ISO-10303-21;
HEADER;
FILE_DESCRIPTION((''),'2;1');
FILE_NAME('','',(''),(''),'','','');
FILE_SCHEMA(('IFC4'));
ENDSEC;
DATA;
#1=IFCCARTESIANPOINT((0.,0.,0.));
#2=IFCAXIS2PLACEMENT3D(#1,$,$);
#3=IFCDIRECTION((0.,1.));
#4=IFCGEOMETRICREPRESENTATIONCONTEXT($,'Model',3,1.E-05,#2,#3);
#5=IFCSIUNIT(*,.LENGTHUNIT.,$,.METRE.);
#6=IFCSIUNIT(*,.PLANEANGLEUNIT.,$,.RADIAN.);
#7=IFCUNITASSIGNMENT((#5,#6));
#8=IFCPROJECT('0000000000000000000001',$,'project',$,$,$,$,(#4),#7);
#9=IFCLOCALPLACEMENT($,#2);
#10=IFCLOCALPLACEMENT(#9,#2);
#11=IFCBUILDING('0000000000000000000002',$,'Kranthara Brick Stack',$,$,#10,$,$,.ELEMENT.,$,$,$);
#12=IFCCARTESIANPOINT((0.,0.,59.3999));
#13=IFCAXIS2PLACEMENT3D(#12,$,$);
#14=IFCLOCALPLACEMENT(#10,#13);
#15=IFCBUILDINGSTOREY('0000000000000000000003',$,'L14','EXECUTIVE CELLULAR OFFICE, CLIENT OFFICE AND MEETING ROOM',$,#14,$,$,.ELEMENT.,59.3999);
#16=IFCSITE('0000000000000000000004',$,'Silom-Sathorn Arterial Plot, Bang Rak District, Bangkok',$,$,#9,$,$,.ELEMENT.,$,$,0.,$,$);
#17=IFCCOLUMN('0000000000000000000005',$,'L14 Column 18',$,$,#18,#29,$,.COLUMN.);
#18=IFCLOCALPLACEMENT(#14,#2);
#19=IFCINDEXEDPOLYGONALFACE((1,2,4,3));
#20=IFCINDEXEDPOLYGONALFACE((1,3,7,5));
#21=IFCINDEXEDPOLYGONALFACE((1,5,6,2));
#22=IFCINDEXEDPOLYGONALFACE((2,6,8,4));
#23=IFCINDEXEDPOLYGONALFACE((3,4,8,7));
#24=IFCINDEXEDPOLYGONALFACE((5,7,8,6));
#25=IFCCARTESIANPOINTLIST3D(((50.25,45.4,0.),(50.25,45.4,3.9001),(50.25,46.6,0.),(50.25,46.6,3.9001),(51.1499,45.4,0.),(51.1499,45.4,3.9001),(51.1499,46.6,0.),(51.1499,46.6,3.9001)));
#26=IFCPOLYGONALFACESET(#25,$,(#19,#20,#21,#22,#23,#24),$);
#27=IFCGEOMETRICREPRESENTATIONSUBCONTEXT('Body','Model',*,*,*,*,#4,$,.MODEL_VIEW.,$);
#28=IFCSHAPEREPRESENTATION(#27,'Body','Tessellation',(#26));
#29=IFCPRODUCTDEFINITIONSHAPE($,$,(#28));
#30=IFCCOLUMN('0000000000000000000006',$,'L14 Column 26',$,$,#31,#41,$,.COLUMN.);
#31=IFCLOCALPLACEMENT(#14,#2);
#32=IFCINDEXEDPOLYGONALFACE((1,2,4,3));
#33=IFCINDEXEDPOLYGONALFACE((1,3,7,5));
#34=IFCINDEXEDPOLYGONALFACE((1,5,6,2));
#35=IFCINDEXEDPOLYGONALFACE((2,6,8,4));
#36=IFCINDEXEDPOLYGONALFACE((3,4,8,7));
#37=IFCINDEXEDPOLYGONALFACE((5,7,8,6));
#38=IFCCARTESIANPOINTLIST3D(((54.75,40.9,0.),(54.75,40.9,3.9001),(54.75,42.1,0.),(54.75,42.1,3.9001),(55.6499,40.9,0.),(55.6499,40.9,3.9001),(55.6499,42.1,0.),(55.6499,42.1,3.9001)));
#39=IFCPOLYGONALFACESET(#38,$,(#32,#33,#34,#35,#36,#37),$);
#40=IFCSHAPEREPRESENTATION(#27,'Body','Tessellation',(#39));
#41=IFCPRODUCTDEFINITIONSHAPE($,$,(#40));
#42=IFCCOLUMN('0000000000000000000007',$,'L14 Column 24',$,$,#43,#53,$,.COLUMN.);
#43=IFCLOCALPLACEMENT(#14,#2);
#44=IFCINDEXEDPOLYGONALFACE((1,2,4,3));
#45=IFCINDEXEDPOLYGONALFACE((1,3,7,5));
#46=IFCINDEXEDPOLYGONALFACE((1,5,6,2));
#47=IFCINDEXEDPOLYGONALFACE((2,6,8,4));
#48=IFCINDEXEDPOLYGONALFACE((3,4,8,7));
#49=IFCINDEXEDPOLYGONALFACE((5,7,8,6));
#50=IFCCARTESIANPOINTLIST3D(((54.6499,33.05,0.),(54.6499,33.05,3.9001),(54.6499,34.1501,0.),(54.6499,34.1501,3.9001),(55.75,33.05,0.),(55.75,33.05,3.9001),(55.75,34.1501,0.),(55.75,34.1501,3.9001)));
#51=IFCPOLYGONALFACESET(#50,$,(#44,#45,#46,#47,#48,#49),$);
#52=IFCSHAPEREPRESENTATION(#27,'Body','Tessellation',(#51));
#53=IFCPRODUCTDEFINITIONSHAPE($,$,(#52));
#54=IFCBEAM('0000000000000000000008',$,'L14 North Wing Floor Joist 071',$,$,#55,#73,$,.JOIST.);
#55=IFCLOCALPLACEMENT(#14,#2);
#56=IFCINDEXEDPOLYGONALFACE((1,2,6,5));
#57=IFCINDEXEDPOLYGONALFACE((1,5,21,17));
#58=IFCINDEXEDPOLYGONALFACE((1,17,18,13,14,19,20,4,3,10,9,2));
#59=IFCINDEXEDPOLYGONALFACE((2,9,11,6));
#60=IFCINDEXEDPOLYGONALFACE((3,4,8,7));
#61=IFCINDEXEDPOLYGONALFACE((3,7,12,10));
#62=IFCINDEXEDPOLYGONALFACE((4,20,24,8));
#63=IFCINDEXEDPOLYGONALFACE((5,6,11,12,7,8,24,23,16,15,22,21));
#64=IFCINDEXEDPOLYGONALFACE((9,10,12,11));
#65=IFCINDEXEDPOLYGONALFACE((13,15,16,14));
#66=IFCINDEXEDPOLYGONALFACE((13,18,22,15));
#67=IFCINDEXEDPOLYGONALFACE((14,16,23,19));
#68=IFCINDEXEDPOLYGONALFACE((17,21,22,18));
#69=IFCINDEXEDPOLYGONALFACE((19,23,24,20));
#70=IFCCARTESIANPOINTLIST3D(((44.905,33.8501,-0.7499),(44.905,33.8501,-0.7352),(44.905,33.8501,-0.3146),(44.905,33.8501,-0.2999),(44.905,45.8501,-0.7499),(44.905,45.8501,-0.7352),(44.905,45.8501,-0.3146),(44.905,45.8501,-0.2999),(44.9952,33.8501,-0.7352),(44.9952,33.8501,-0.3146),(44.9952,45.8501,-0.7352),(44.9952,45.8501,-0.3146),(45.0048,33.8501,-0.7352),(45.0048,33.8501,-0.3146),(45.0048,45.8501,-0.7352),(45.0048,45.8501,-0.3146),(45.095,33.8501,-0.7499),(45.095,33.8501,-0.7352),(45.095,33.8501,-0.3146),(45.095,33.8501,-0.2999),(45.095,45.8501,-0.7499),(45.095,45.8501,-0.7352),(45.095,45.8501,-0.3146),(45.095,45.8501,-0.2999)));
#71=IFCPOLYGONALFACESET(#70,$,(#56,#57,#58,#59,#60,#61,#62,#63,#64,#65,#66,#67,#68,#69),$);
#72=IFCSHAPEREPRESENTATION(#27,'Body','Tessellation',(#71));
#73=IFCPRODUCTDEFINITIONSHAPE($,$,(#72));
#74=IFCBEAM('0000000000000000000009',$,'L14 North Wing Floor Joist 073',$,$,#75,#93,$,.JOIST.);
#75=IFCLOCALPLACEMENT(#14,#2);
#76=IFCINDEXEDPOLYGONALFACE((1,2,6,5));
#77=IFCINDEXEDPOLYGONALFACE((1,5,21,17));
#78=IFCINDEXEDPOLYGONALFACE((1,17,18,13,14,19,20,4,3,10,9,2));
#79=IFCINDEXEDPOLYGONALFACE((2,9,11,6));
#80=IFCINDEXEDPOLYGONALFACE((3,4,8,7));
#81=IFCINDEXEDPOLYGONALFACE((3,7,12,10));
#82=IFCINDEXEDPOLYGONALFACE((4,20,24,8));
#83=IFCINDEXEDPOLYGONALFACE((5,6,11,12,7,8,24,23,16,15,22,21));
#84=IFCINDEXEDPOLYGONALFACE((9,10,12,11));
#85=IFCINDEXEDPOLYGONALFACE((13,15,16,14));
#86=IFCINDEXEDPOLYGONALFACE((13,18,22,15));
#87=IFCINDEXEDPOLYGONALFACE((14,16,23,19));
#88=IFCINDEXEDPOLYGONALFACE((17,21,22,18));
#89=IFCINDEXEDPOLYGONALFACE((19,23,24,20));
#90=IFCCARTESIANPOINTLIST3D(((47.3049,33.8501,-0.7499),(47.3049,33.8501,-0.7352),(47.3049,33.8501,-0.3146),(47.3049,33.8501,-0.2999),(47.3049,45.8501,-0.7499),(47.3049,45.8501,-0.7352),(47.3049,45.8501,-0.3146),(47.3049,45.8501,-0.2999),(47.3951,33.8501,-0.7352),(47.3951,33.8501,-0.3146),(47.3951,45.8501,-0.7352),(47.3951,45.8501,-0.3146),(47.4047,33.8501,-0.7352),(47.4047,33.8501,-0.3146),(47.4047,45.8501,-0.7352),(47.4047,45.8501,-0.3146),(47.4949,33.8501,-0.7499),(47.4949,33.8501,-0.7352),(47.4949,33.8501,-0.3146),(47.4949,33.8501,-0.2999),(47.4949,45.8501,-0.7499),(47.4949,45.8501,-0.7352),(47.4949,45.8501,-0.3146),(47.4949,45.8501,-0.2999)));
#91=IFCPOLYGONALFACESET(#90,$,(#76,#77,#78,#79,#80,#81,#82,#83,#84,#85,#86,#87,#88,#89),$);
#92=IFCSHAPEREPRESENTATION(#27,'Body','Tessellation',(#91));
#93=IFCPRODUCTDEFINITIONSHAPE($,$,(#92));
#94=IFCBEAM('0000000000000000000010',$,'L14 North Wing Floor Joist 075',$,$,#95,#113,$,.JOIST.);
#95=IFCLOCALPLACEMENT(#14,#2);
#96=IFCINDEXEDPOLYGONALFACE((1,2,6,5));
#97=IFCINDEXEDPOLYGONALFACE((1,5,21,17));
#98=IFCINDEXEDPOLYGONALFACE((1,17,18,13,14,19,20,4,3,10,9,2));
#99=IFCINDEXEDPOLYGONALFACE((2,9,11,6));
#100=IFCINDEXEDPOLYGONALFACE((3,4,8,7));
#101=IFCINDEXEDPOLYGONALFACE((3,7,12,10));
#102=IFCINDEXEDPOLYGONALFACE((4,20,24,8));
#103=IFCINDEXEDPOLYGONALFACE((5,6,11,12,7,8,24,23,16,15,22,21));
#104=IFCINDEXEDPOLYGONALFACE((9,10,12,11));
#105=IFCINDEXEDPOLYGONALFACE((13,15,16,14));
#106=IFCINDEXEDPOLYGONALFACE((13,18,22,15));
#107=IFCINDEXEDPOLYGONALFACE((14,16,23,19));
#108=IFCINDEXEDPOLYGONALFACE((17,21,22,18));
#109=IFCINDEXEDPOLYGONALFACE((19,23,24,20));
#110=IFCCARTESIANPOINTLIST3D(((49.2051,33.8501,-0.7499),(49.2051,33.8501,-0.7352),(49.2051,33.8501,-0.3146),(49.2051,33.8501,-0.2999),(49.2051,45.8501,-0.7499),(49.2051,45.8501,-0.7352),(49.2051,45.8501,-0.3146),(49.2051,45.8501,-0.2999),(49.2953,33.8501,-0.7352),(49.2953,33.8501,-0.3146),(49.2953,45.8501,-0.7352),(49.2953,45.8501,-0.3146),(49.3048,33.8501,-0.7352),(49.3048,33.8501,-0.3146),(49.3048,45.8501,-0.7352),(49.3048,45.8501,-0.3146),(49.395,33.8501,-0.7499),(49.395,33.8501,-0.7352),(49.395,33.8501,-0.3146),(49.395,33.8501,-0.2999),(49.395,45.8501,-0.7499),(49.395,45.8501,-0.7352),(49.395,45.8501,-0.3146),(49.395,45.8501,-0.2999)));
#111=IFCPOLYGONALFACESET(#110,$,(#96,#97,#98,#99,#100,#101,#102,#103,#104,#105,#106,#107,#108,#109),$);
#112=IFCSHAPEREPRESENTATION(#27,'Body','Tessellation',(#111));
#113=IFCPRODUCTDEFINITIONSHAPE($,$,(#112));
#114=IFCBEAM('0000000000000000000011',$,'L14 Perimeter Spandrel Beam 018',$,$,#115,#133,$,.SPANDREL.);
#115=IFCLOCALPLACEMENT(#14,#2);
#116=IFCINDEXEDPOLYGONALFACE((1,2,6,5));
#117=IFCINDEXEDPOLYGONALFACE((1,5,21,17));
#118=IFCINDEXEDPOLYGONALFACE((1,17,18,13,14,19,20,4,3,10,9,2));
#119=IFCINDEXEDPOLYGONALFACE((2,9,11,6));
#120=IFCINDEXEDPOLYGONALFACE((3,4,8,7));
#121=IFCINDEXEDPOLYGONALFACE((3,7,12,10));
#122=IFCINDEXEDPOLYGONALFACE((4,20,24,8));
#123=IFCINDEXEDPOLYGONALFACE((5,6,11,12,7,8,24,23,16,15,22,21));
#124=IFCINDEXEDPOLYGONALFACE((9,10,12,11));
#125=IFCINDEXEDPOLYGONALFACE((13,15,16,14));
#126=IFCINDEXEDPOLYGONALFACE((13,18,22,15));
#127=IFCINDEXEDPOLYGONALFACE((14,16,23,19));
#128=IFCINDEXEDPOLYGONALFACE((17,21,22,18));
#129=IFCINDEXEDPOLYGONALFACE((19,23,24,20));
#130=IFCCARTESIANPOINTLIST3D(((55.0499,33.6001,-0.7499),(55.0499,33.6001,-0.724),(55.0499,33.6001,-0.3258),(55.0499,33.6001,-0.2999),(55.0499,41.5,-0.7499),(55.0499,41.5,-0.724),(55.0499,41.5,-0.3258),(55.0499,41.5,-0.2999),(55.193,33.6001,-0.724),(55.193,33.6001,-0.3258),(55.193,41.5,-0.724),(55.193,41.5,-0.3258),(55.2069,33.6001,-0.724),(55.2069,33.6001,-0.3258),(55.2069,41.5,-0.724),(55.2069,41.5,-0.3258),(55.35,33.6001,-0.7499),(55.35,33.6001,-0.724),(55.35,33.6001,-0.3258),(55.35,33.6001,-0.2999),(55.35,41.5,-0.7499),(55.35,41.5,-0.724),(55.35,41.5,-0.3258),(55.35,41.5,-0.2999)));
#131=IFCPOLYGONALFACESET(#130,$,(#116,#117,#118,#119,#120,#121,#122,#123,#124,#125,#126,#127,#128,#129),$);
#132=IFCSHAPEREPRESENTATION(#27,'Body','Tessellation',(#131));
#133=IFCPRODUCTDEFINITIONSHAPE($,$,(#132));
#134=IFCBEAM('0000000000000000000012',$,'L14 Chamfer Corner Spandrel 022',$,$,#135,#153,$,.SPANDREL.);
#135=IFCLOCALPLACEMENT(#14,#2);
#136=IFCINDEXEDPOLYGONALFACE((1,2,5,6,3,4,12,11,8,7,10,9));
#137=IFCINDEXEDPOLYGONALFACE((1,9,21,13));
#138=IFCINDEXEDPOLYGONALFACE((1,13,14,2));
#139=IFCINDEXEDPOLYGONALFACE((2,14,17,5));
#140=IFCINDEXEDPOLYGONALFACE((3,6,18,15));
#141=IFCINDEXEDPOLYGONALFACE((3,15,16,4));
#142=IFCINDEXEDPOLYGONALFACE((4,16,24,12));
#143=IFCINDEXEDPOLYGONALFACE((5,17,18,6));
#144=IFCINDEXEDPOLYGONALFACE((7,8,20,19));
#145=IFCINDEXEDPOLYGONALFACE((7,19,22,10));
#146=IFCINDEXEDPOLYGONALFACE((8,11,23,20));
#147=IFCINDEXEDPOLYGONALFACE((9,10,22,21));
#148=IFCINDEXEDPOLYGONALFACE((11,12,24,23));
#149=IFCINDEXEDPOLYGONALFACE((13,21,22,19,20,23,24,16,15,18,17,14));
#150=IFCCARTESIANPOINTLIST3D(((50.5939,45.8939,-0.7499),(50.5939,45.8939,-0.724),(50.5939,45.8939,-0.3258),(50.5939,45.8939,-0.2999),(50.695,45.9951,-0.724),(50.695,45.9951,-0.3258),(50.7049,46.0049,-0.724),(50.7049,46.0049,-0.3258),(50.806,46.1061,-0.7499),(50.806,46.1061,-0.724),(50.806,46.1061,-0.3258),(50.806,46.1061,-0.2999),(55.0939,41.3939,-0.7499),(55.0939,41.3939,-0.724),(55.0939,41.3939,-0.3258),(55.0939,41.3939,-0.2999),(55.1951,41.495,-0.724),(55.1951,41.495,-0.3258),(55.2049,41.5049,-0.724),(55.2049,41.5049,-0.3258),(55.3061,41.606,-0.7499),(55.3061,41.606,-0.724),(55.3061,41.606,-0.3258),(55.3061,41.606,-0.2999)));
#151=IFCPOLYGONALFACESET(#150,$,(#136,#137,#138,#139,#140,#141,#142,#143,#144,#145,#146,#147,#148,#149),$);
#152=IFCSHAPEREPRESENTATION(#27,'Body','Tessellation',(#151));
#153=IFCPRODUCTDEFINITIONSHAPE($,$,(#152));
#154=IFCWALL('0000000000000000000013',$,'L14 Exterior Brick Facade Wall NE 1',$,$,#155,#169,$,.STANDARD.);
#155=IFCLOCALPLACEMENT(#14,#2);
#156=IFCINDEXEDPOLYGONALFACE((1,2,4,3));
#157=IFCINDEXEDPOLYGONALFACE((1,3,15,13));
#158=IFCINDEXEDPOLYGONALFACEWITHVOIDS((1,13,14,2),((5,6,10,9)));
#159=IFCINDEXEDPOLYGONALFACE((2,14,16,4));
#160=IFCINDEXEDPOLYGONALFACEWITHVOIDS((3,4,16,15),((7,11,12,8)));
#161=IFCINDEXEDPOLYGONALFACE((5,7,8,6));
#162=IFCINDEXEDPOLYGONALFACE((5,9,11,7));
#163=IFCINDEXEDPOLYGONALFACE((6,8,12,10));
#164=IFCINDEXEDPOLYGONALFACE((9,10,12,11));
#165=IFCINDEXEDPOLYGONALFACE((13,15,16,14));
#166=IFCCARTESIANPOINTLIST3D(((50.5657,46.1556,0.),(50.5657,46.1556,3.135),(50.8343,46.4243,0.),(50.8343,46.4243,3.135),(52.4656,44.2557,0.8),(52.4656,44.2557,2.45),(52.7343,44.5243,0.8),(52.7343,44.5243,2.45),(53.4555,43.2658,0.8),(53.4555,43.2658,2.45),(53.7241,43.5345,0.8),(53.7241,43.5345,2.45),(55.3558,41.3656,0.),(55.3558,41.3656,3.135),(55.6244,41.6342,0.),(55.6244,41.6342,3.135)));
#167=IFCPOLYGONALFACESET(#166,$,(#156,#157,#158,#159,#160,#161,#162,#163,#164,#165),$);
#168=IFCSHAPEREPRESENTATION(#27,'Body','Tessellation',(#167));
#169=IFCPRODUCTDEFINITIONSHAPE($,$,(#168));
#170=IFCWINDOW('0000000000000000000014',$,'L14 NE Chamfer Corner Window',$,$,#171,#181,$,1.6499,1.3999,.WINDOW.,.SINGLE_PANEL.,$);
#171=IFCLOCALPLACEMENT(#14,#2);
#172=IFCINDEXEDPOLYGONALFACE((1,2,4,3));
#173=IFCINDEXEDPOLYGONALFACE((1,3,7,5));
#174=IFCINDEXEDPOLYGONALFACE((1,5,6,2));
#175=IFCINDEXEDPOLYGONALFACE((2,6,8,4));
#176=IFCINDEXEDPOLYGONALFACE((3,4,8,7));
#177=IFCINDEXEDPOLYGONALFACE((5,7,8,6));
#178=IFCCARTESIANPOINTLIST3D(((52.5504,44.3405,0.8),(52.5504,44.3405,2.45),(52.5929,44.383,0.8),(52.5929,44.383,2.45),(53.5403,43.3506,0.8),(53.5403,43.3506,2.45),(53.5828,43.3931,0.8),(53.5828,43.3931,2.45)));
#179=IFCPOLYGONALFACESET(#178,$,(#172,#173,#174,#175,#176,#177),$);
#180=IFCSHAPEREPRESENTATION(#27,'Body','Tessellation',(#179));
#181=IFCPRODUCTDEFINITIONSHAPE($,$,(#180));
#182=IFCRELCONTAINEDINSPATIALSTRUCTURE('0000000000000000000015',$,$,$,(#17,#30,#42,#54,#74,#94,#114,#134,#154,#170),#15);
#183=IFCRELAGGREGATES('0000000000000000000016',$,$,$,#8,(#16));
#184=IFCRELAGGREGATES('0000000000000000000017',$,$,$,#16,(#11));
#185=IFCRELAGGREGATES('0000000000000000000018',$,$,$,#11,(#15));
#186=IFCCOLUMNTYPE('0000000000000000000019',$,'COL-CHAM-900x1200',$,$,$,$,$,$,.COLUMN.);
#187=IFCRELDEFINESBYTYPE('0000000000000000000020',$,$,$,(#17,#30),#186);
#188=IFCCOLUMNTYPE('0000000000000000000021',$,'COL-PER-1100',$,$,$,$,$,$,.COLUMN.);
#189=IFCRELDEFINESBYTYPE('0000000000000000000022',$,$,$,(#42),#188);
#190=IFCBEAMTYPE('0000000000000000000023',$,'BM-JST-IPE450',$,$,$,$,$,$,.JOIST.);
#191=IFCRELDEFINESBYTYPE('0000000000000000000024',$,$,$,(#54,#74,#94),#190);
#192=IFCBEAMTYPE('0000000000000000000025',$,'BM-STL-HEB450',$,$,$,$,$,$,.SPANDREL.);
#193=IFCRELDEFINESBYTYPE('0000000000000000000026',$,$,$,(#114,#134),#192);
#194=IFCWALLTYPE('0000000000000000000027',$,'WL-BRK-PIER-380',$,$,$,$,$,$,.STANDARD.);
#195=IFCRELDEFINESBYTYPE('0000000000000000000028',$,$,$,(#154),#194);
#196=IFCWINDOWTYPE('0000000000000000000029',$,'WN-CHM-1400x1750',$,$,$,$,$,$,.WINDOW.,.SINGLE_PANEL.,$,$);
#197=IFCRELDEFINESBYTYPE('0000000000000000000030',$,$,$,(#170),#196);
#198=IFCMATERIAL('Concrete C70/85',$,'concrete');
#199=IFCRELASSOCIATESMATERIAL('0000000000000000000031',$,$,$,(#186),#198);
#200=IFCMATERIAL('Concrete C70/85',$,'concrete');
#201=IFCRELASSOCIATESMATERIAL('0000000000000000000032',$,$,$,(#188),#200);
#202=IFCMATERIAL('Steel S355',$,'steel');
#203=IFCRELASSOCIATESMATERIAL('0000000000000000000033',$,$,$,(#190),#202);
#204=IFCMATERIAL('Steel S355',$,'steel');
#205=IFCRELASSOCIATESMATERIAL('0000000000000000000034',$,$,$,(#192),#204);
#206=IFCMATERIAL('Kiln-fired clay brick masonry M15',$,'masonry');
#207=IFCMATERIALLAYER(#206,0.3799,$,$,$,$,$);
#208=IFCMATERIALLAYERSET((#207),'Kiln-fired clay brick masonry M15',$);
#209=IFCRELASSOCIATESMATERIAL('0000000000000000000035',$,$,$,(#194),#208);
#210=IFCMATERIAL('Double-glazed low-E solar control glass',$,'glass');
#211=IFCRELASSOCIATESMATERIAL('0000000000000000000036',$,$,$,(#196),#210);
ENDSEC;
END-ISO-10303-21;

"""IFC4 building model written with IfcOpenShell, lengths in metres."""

from ifc_helpers import new_model, si_unit, direction, frame, frame_2d, origin, origin_2d, place, context, subcontext, project, spatial, rectangle, i_section, extrude, material, layer, layer_set, material_profile, profile_set, type_object, element, fill, save


model = new_model("IFC4")

# Units and contexts
model_context = context("Model", 3, precision=1e-05, world=origin(), true_north=direction((0.0, 1.0)))
body_context = subcontext(model_context, "Body", "Model", "MODEL_VIEW")
ifc_project = project(units=[si_unit("LENGTHUNIT", "METRE"), si_unit("PLANEANGLEUNIT", "RADIAN")], contexts=[model_context])

# Site, building, storey
site_placement = place(None, origin())
site = spatial("IfcSite", under=ifc_project, at=site_placement, Name="Silom-Sathorn Arterial Plot, Bang Rak District, Bangkok", CompositionType="ELEMENT", RefElevation=0.0)
building_placement = place(site_placement, origin())
building = spatial("IfcBuilding", under=site, at=building_placement, Name="Kranthara Brick Stack", CompositionType="ELEMENT")
storey_placement = place(building_placement, frame((0.0, 0.0, 59.3999)))
storey = spatial("IfcBuildingStorey", under=building, at=storey_placement, Name="L14", Description="EXECUTIVE CELLULAR OFFICE, CLIENT OFFICE AND MEETING ROOM", CompositionType="ELEMENT", Elevation=59.3999)

# Columns
ifc_material_1 = material(Name="Concrete C70/85", Category="concrete")
ifc_material_profile_1 = material_profile(ifc_material_1, rectangle(XDim=0.8999, YDim=1.2, at=origin_2d()), Name="RC 900x1200")
ifc_profile_set_1 = profile_set([ifc_material_profile_1], Name="Concrete C70/85")
column_type_1 = type_object("IfcColumnType", Name="COL-CHAM-900x1200", PredefinedType="COLUMN", material=ifc_profile_set_1)
for number, where, z_axis, x_axis, name in (
    (1, (50.7, 46.0, 0.0), (0.0, 0.0, 1.0), (1.0, 0.0, 0.0), "L14 Column 18"),
    (2, (55.2, 41.5, 0.0), (0.0, 0.0, 1.0), (1.0, 0.0, 0.0), "L14 Column 26"),
):
    element("IfcColumn", number, at=place(storey_placement, frame(where, z_axis=z_axis, x_axis=x_axis)), inside=storey, type_object=column_type_1, Name=name, PredefinedType="COLUMN", context=body_context, shape_type="SweptSolid", body=[
        extrude(rectangle(XDim=0.8999, YDim=1.2, at=origin_2d()), origin(), (0.0, 0.0, 1.0), 3.9001),
    ])
ifc_material_2 = material(Name="Concrete C70/85", Category="concrete")
ifc_material_profile_2 = material_profile(ifc_material_2, rectangle(XDim=1.1001, YDim=1.1001, at=origin_2d()), Name="RC 1100x1100")
ifc_profile_set_2 = profile_set([ifc_material_profile_2], Name="Concrete C70/85")
column_type_2 = type_object("IfcColumnType", Name="COL-PER-1100", PredefinedType="COLUMN", material=ifc_profile_set_2)
column_placement = place(storey_placement, frame((55.2, 33.6001, 0.0), z_axis=(0.0, 0.0, 1.0), x_axis=(1.0, 0.0, 0.0)))
element("IfcColumn", 3, at=column_placement, inside=storey, type_object=column_type_2, Name="L14 Column 24", PredefinedType="COLUMN", context=body_context, shape_type="SweptSolid", body=[
    extrude(rectangle(XDim=1.1001, YDim=1.1001, at=origin_2d()), origin(), (0.0, 0.0, 1.0), 3.9001),
])

# Beams
ifc_material_3 = material(Name="Steel S355", Category="steel")
ifc_material_profile_3 = material_profile(ifc_material_3, i_section(OverallWidth=0.1899, OverallDepth=0.45, WebThickness=0.0095, FlangeThickness=0.0146, at=origin_2d()), Name="IPE 450")
ifc_profile_set_3 = profile_set([ifc_material_profile_3], Name="Steel S355")
beam_type_1 = type_object("IfcBeamType", Name="BM-JST-IPE450", PredefinedType="JOIST", material=ifc_profile_set_3)
for number, where, z_axis, x_axis, name in (
    (4, (45.0, 33.8501, -0.5249), (0.0, 1.0, 0.0), (-1.0, 0.0, 0.0), "L14 North Wing Floor Joist 071"),
    (5, (47.3999, 33.8501, -0.5249), (0.0, 1.0, 0.0), (-1.0, 0.0, 0.0), "L14 North Wing Floor Joist 073"),
    (6, (49.3, 33.8501, -0.5249), (0.0, 1.0, 0.0), (-1.0, 0.0, 0.0), "L14 North Wing Floor Joist 075"),
):
    element("IfcBeam", number, at=place(storey_placement, frame(where, z_axis=z_axis, x_axis=x_axis)), inside=storey, type_object=beam_type_1, Name=name, PredefinedType="JOIST", context=body_context, shape_type="SweptSolid", body=[
        extrude(i_section(OverallWidth=0.1899, OverallDepth=0.45, WebThickness=0.0095, FlangeThickness=0.0146, at=origin_2d()), origin(), (0.0, 0.0, 1.0), 12.0),
    ])
ifc_material_4 = material(Name="Steel S355", Category="steel")
ifc_material_profile_4 = material_profile(ifc_material_4, i_section(OverallWidth=0.3, OverallDepth=0.45, WebThickness=0.0139, FlangeThickness=0.0259, at=origin_2d()), Name="HEB 450")
ifc_profile_set_4 = profile_set([ifc_material_profile_4], Name="Steel S355")
beam_type_2 = type_object("IfcBeamType", Name="BM-STL-HEB450", PredefinedType="SPANDREL", material=ifc_profile_set_4)
beam_1_placement = place(storey_placement, frame((55.2, 33.6001, -0.5249), z_axis=(0.0, 1.0, 0.0), x_axis=(-1.0, 0.0, 0.0)))
element("IfcBeam", 7, at=beam_1_placement, inside=storey, type_object=beam_type_2, Name="L14 Perimeter Spandrel Beam 018", PredefinedType="SPANDREL", context=body_context, shape_type="SweptSolid", body=[
    extrude(i_section(OverallWidth=0.3, OverallDepth=0.45, WebThickness=0.0139, FlangeThickness=0.0259, at=origin_2d()), origin(), (0.0, 0.0, 1.0), 7.8999),
])
beam_2_placement = place(storey_placement, frame((50.7, 46.0, -0.5249), z_axis=(0.707107, -0.707107, 0.0), x_axis=(0.707107, 0.707107, 0.0)))
element("IfcBeam", 8, at=beam_2_placement, inside=storey, type_object=beam_type_2, Name="L14 Chamfer Corner Spandrel 022", PredefinedType="SPANDREL", context=body_context, shape_type="SweptSolid", body=[
    extrude(i_section(OverallWidth=0.3, OverallDepth=0.45, WebThickness=0.0139, FlangeThickness=0.0259, at=origin_2d()), origin(), (0.0, 0.0, 1.0), 6.364),
])

# Wall, opening, window
ifc_material_5 = material(Name="Kiln-fired clay brick masonry M15", Category="masonry")
ifc_layer_1 = layer(ifc_material_5, 0.3799)
ifc_layer_set_1 = layer_set([ifc_layer_1], Name="Kiln-fired clay brick masonry M15")
wall_type_1 = type_object("IfcWallType", Name="WL-BRK-PIER-380", PredefinedType="STANDARD", material=ifc_layer_set_1)
wall_1_placement = place(storey_placement, frame((50.7, 46.29, 0.0), z_axis=(0.0, 0.0, 1.0), x_axis=(0.707107, -0.707107, 0.0)))
wall_1 = element("IfcWall", 9, at=wall_1_placement, inside=storey, type_object=wall_type_1, Name="L14 Exterior Brick Facade Wall NE 1", PredefinedType="STANDARD", context=body_context, shape_type="SweptSolid", body=[
    extrude(rectangle(XDim=6.7742, YDim=0.3799, at=frame_2d((3.3872, 0.0))), origin(), (0.0, 0.0, 1.0), 3.135),
])
opening_1_placement = place(wall_1_placement, frame((2.687, 0.0, 0.8)))
opening_1 = element("IfcOpeningElement", 10, at=opening_1_placement, cuts=wall_1, PredefinedType="OPENING", context=body_context, shape_type="SweptSolid", body=[
    extrude(rectangle(XDim=1.3999, YDim=1.6499, at=frame_2d((0.7, 0.825))), frame((0.0, 0.2, 0.0), z_axis=(0.0, -1.0, 0.0), x_axis=(1.0, 0.0, 0.0)), (0.0, 0.0, 1.0), 0.3999),
])
ifc_material_6 = material(Name="Double-glazed low-E solar control glass", Category="glass")
window_type_1 = type_object("IfcWindowType", Name="WN-CHM-1400x1750", PartitioningType="SINGLE_PANEL", PredefinedType="WINDOW", material=ifc_material_6)
window_1_placement = place(opening_1_placement, origin())
window_1 = element("IfcWindow", 11, at=window_1_placement, inside=storey, type_object=window_type_1, Name="L14 NE Chamfer Corner Window", OverallHeight=1.6499, OverallWidth=1.3999, PartitioningType="SINGLE_PANEL", PredefinedType="WINDOW", context=body_context, shape_type="SweptSolid", body=[
    extrude(rectangle(XDim=1.3999, YDim=1.6499, at=frame_2d((0.7, 0.825))), frame((0.0, -0.01, 0.0), z_axis=(0.0, -1.0, 0.0), x_axis=(1.0, 0.0, 0.0)), (0.0, 0.0, 1.0), 0.0601),
])
fill(opening_1, window_1)

save(model, "model.ifc")
